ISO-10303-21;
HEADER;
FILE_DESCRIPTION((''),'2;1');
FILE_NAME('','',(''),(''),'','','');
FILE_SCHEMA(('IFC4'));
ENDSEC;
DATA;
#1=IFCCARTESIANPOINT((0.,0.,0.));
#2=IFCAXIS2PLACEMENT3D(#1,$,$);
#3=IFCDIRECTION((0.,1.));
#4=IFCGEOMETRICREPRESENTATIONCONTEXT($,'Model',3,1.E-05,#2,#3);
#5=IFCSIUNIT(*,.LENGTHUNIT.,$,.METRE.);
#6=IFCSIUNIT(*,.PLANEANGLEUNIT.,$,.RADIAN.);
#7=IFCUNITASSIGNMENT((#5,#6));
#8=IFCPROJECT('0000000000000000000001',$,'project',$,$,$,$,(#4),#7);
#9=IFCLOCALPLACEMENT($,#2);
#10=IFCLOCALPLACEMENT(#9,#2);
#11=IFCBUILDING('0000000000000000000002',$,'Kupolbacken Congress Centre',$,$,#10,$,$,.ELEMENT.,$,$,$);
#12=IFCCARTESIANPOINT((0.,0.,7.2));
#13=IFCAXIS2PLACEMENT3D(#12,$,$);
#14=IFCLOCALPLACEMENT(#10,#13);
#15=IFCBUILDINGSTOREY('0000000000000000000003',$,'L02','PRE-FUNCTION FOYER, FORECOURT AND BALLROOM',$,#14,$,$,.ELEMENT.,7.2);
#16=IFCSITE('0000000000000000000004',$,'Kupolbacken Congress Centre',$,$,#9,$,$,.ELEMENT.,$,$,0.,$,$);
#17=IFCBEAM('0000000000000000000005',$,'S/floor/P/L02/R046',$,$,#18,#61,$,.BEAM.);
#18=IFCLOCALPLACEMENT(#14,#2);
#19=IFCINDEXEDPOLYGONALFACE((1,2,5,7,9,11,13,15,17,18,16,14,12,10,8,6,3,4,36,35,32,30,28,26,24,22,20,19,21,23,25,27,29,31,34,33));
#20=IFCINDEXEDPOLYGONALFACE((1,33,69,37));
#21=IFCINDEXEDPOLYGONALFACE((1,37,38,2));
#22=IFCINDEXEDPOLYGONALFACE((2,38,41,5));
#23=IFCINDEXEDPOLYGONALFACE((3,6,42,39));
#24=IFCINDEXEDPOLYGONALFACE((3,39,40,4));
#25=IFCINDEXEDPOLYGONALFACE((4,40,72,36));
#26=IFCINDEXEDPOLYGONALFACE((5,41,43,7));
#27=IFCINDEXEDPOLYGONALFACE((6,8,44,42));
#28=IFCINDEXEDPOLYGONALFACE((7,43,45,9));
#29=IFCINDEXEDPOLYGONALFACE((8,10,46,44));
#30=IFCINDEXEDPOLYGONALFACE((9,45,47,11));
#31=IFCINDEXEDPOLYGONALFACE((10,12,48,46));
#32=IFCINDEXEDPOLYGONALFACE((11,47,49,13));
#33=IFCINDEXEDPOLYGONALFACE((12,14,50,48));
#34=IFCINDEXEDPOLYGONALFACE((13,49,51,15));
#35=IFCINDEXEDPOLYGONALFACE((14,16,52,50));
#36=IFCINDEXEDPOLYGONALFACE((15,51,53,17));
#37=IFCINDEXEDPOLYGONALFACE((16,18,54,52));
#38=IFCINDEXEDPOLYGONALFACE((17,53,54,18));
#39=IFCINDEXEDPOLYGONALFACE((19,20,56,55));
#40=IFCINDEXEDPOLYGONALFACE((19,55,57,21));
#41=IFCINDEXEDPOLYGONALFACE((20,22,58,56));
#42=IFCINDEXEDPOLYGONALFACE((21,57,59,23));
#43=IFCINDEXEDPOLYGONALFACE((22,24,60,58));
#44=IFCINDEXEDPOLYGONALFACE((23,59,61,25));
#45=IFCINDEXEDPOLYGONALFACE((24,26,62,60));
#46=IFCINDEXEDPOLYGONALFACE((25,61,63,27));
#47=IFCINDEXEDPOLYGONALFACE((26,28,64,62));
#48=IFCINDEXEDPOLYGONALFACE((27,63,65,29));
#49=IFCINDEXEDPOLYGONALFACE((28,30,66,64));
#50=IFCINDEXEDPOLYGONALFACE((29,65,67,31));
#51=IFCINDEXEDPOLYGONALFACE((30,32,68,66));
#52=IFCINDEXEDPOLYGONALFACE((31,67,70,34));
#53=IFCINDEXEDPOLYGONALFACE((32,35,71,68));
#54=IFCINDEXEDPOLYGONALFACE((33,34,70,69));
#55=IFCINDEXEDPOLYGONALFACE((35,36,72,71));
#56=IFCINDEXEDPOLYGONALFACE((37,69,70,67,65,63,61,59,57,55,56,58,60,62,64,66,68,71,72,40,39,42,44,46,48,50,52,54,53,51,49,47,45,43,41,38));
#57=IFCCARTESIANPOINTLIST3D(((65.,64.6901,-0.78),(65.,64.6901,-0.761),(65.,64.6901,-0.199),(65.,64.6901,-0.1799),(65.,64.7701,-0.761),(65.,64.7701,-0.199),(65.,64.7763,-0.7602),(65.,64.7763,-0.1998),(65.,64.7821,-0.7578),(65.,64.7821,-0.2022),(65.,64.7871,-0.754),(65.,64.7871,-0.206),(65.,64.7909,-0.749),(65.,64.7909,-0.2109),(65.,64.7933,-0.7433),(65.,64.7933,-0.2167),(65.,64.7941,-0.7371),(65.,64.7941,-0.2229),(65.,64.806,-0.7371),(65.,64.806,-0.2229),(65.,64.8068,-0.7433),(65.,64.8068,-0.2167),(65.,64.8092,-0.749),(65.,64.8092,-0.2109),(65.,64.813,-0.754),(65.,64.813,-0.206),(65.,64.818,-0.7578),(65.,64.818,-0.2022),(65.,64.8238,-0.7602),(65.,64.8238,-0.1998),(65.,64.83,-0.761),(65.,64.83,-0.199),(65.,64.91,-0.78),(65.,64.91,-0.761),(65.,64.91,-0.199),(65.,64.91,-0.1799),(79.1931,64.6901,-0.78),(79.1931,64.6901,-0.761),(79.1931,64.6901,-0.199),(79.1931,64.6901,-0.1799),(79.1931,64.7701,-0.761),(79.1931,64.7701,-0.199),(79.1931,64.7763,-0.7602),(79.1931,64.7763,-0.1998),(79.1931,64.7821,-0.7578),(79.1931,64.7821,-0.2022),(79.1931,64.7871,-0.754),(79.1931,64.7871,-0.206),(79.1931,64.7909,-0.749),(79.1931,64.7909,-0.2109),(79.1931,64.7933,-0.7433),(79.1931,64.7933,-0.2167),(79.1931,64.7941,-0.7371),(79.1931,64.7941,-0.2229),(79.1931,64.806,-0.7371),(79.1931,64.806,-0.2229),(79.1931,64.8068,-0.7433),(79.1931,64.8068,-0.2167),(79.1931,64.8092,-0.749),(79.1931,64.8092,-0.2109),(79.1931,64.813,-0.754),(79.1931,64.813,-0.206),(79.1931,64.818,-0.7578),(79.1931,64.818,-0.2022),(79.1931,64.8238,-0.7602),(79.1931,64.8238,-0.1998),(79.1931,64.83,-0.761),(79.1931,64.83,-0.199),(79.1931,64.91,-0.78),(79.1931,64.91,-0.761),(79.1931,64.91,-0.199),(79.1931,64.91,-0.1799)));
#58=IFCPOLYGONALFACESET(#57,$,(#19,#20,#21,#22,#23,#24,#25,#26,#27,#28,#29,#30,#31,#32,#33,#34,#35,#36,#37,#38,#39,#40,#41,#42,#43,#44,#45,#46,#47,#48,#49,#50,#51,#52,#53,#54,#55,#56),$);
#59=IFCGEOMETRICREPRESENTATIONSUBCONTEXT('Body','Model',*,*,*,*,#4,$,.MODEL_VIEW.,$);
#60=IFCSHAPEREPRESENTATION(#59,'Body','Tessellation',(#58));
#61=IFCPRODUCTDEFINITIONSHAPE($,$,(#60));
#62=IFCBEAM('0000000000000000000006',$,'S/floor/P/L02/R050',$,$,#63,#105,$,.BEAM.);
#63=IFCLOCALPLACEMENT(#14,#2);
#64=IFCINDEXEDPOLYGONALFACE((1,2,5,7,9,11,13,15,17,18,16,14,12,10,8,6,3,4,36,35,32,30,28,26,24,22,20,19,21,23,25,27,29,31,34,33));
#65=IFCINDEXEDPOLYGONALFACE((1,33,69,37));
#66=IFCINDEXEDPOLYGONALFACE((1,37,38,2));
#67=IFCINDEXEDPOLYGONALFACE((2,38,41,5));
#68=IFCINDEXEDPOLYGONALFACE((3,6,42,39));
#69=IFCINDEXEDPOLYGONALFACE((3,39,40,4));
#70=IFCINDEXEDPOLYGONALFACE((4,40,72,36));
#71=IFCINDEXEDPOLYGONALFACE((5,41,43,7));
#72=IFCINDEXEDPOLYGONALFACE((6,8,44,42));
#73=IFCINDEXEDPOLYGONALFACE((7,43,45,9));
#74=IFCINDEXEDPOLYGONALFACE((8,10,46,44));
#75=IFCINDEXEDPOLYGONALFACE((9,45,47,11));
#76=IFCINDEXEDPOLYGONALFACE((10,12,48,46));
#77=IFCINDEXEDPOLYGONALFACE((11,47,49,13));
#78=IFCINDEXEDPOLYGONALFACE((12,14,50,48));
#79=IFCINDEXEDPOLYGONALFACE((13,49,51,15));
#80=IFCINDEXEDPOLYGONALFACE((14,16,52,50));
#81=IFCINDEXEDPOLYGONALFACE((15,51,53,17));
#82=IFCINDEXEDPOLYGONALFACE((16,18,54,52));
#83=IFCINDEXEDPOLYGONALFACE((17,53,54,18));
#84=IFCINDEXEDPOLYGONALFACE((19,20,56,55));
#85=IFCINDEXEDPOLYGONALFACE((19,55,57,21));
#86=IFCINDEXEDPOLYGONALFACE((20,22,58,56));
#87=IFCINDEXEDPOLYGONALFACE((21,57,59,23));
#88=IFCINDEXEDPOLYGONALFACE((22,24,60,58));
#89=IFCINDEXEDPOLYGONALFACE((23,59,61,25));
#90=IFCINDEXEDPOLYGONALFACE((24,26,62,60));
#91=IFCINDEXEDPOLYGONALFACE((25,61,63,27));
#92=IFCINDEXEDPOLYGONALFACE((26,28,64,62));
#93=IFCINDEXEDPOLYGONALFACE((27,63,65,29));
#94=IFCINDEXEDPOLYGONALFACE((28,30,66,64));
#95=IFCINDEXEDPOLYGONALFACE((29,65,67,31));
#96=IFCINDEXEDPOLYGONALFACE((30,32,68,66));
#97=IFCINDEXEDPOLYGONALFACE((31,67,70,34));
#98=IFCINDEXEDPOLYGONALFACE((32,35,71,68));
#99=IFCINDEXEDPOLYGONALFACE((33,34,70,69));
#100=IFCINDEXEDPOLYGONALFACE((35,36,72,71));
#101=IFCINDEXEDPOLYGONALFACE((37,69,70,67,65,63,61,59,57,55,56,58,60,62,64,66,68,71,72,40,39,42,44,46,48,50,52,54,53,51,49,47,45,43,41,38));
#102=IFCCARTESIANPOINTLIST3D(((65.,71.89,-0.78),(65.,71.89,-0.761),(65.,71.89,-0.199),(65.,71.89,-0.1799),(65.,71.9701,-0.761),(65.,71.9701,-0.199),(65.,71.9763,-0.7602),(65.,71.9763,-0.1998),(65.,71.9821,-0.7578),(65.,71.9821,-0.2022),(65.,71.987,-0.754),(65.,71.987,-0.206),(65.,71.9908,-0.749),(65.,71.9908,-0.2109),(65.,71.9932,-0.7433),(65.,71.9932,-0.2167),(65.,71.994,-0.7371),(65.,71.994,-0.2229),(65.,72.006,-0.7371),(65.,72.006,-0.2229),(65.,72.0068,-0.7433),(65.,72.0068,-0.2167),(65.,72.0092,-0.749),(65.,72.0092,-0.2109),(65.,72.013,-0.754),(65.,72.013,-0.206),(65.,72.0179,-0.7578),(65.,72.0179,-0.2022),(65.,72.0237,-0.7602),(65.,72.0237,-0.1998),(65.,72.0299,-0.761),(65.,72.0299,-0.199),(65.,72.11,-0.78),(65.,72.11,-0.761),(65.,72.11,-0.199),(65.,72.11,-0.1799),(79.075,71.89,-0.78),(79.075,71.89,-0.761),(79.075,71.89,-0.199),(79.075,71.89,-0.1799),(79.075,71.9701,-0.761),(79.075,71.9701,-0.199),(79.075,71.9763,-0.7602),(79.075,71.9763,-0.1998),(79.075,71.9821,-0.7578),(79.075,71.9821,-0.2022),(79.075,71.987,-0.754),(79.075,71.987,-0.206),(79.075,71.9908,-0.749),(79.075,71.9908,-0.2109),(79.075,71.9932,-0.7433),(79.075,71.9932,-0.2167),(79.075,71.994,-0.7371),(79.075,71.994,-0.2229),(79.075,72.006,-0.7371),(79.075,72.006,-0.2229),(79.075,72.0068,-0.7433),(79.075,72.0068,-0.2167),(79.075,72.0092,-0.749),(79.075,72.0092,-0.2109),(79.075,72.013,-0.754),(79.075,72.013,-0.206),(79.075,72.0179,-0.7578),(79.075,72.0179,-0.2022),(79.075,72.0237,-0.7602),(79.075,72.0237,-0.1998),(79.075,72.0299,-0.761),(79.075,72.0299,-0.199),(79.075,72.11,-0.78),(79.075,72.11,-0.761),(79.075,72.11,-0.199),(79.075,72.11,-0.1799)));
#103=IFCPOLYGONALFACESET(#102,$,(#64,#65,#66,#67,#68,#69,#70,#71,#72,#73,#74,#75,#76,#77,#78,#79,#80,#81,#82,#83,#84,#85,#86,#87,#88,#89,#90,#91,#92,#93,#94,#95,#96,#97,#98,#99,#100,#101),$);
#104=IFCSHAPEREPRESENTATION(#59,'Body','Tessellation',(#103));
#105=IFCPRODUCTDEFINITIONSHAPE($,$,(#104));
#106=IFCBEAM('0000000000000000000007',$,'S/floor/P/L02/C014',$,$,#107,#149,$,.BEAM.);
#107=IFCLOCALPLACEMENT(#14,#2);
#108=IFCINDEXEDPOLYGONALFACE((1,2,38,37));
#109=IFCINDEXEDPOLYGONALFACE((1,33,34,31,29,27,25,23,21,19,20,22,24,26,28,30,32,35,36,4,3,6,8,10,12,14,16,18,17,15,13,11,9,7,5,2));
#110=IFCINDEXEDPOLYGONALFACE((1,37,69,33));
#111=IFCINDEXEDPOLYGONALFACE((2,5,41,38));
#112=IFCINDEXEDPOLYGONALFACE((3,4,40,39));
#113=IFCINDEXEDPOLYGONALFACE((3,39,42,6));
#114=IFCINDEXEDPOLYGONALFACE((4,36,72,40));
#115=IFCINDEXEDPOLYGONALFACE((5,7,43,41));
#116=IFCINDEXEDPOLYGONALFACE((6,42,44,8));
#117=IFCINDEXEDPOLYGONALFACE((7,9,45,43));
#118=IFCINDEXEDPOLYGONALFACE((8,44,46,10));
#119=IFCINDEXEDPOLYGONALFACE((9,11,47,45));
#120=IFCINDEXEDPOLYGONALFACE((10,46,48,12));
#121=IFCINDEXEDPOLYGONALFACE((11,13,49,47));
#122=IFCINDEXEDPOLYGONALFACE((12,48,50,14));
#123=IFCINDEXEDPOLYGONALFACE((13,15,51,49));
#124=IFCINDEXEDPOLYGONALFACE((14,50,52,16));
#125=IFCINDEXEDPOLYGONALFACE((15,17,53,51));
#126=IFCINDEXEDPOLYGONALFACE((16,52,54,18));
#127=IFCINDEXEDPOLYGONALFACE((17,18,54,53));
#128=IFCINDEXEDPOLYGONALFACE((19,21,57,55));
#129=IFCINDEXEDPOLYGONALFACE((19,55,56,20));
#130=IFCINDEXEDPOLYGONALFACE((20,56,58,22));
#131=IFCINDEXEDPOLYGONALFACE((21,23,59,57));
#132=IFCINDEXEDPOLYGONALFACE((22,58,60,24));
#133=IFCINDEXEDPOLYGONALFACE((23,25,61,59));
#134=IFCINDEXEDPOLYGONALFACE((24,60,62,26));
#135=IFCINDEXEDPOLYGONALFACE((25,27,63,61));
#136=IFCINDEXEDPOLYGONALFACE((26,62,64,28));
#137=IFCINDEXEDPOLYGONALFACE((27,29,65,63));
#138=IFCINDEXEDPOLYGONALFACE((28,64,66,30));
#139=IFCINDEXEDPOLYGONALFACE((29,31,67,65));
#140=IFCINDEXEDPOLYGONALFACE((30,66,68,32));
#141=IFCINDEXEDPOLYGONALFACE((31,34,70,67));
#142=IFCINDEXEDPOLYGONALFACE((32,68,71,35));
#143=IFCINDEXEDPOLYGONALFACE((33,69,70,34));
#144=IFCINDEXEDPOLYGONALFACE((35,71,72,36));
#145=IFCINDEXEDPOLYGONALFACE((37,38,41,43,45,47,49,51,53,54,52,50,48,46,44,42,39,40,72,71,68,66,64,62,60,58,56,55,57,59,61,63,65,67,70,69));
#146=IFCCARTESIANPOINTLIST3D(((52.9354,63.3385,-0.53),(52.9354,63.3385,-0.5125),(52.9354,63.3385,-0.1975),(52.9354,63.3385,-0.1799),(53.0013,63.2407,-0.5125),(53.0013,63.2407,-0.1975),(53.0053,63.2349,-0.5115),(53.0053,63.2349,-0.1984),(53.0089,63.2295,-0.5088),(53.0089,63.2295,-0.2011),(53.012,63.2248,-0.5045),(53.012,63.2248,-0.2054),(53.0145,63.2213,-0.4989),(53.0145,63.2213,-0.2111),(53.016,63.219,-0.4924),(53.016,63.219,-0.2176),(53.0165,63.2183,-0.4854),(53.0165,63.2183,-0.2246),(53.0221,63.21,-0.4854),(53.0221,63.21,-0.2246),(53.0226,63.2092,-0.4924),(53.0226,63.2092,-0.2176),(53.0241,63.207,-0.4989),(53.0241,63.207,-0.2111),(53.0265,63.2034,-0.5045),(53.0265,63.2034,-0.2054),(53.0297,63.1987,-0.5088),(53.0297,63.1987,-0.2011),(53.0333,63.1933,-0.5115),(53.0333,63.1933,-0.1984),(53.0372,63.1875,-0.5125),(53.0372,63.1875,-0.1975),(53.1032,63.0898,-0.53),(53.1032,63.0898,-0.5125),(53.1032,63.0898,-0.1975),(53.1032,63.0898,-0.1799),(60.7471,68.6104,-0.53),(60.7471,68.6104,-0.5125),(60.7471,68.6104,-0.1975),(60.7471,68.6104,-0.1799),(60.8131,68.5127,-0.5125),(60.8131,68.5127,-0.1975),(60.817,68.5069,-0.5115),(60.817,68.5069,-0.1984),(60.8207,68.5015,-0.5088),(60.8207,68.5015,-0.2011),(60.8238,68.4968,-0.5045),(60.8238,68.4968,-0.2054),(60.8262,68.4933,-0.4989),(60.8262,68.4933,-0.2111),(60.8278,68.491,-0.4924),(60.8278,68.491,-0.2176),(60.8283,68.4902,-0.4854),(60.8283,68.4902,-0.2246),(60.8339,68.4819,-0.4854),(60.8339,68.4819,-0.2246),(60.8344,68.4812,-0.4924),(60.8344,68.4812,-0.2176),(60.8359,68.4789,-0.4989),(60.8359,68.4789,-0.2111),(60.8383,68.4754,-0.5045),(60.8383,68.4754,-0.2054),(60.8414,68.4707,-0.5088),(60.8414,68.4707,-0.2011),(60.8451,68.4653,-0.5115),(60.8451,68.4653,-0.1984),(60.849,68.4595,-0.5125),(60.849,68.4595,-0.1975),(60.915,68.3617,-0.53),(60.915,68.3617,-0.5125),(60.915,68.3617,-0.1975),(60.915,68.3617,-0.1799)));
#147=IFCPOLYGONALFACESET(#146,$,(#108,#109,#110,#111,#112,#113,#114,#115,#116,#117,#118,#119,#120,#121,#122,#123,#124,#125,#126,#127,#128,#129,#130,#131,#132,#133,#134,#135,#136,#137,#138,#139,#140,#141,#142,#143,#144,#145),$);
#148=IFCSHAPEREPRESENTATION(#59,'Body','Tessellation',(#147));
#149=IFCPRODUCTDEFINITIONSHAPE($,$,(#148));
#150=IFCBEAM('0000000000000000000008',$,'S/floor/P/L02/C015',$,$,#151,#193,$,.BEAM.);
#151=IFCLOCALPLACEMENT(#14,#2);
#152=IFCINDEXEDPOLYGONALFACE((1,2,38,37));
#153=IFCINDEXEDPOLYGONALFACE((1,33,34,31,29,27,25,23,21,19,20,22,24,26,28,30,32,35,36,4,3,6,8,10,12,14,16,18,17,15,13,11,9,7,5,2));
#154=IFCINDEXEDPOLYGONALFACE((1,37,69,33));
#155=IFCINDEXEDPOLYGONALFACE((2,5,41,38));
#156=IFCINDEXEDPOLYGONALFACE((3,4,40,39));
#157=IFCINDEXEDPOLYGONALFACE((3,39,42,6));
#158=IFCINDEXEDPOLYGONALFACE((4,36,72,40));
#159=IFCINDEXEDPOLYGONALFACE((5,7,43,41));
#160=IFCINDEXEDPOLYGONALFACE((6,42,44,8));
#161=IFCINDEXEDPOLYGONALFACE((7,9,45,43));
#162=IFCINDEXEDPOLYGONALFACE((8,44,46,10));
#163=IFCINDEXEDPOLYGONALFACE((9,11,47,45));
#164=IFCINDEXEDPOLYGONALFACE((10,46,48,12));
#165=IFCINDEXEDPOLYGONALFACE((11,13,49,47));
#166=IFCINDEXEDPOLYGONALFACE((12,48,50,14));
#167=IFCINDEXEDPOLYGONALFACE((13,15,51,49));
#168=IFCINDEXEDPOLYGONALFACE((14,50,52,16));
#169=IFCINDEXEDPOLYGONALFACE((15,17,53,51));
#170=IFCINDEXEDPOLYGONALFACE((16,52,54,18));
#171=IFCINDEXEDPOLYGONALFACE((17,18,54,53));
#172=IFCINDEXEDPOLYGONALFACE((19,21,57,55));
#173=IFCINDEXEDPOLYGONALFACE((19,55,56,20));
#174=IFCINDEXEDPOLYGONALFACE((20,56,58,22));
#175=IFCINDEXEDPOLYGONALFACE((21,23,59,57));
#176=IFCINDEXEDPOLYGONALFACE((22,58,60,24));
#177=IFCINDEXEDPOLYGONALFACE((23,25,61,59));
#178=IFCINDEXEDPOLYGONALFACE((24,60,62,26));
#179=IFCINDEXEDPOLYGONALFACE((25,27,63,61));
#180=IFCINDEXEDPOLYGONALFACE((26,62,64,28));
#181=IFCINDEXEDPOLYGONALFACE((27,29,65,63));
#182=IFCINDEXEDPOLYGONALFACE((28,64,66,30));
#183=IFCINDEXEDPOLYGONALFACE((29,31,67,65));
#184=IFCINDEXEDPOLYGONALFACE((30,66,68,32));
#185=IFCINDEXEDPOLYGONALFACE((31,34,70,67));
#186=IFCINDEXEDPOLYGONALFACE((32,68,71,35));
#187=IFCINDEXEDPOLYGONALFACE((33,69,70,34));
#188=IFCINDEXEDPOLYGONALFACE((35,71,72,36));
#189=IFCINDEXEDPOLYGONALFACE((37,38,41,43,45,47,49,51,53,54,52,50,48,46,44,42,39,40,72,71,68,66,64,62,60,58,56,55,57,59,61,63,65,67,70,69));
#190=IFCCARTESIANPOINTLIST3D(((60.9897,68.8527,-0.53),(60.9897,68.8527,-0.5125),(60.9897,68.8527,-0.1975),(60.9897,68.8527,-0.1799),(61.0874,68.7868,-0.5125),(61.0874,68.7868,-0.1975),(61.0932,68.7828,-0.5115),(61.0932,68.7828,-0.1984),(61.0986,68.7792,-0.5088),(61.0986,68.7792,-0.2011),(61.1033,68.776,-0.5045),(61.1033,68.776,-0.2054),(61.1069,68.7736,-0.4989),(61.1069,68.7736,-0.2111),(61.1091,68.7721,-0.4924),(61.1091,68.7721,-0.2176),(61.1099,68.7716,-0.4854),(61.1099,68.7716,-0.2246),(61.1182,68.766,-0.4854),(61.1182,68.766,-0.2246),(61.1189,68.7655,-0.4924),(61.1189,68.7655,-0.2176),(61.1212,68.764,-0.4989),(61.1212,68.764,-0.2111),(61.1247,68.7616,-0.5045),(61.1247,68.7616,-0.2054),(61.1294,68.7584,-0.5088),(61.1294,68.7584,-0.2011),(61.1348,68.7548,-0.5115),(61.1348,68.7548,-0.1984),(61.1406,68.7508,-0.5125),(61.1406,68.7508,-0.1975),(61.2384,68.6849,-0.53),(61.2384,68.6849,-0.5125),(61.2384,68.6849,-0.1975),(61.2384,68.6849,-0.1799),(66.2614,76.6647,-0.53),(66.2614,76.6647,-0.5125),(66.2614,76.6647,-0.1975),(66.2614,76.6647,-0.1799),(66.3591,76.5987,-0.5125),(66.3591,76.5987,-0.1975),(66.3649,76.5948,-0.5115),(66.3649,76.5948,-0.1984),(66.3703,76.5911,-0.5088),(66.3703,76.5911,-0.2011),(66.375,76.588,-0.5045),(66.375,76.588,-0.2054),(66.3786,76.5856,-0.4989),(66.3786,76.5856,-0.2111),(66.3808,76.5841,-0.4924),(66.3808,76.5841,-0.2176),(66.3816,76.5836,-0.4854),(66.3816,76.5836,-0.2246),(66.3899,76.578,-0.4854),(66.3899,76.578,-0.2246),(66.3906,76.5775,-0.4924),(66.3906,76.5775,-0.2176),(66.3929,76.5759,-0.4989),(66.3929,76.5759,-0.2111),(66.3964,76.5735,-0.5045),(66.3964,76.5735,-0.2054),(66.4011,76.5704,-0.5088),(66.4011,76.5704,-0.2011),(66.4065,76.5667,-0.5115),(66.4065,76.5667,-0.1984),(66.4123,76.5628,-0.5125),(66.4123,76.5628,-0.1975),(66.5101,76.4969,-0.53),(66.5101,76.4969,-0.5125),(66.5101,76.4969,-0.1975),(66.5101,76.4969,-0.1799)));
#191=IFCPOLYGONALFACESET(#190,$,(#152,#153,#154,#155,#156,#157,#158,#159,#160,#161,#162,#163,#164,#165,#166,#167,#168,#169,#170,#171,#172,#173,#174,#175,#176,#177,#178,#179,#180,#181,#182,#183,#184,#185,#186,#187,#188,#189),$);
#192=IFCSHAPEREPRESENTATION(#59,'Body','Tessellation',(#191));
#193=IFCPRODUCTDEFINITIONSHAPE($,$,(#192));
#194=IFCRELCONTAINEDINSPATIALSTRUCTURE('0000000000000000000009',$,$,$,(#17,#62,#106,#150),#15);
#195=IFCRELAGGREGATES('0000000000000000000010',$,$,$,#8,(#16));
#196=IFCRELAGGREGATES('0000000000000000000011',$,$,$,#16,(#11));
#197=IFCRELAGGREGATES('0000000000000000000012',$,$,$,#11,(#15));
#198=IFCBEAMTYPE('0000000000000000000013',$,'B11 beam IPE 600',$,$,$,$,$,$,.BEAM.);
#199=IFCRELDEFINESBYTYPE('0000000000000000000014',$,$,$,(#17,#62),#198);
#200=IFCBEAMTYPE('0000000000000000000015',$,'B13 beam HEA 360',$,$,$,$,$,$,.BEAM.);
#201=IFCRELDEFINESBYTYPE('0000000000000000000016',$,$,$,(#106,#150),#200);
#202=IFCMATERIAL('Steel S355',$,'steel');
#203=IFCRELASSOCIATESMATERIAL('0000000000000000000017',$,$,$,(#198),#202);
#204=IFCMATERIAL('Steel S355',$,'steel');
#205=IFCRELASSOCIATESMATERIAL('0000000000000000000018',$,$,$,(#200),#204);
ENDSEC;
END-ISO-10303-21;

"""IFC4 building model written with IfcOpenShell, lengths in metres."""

from ifc_helpers import new_model, si_unit, direction, frame, origin, origin_2d, place, context, subcontext, project, spatial, i_section, extrude, material, material_profile, profile_set, type_object, element, save


model = new_model("IFC4")

# Units and contexts
model_context = context("Model", 3, precision=1e-05, world=origin(), true_north=direction((0.0, 1.0)))
body_context = subcontext(model_context, "Body", "Model", "MODEL_VIEW")
ifc_project = project(units=[si_unit("LENGTHUNIT", "METRE"), si_unit("PLANEANGLEUNIT", "RADIAN")], contexts=[model_context])

# Site, building, storey
site_placement = place(None, origin())
site = spatial("IfcSite", under=ifc_project, at=site_placement, Name="Kupolbacken Congress Centre", CompositionType="ELEMENT", RefElevation=0.0)
building_placement = place(site_placement, origin())
building = spatial("IfcBuilding", under=site, at=building_placement, Name="Kupolbacken Congress Centre", CompositionType="ELEMENT")
storey_placement = place(building_placement, frame((0.0, 0.0, 7.2)))
storey = spatial("IfcBuildingStorey", under=building, at=storey_placement, Name="L02", Description="PRE-FUNCTION FOYER, FORECOURT AND BALLROOM", CompositionType="ELEMENT", Elevation=7.2)

# Beams
ifc_material_1 = material(Name="Steel S355", Category="steel")
ifc_material_profile_1 = material_profile(ifc_material_1, i_section(OverallWidth=0.22, OverallDepth=0.6001, WebThickness=0.012, FlangeThickness=0.019, FilletRadius=0.0239, at=origin_2d()), Name="IPE 600")
ifc_profile_set_1 = profile_set([ifc_material_profile_1], Name="Steel S355")
beam_type_1 = type_object("IfcBeamType", Name="B11 beam IPE 600", PredefinedType="BEAM", material=ifc_profile_set_1)
beam_1_placement = place(storey_placement, frame((65.0, 64.8, -0.48), z_axis=(1.0, 0.0, 0.0), x_axis=(0.0, 1.0, 0.0)))
element("IfcBeam", 1, at=beam_1_placement, inside=storey, type_object=beam_type_1, Name="S/floor/P/L02/R046", PredefinedType="BEAM", context=body_context, shape_type="SweptSolid", body=[
    extrude(i_section(OverallWidth=0.22, OverallDepth=0.6001, WebThickness=0.012, FlangeThickness=0.019, FilletRadius=0.0239, at=origin_2d()), origin(), (0.0, 0.0, 1.0), 14.1931),
])
beam_2_placement = place(storey_placement, frame((65.0, 72.0, -0.48), z_axis=(1.0, 0.0, 0.0), x_axis=(0.0, 1.0, 0.0)))
element("IfcBeam", 2, at=beam_2_placement, inside=storey, type_object=beam_type_1, Name="S/floor/P/L02/R050", PredefinedType="BEAM", context=body_context, shape_type="SweptSolid", body=[
    extrude(i_section(OverallWidth=0.22, OverallDepth=0.6001, WebThickness=0.012, FlangeThickness=0.019, FilletRadius=0.0239, at=origin_2d()), origin(), (0.0, 0.0, 1.0), 14.075),
])
ifc_material_2 = material(Name="Steel S355", Category="steel")
ifc_material_profile_2 = material_profile(ifc_material_2, i_section(OverallWidth=0.3, OverallDepth=0.3501, WebThickness=0.01, FlangeThickness=0.0176, FilletRadius=0.0271, at=origin_2d()), Name="HEA 360")
ifc_profile_set_2 = profile_set([ifc_material_profile_2], Name="Steel S355")
beam_type_2 = type_object("IfcBeamType", Name="B13 beam HEA 360", PredefinedType="BEAM", material=ifc_profile_set_2)
for number, where, z_axis, x_axis, name in (
    (3, (53.0193, 63.2141, -0.355), (0.828896, 0.559402, 0.0), (-0.559402, 0.828896, 0.0), "S/floor/P/L02/C014"),
    (4, (61.114, 68.7688, -0.355), (0.559372, 0.828917, 0.0), (-0.828917, 0.559372, 0.0), "S/floor/P/L02/C015"),
):
    element("IfcBeam", number, at=place(storey_placement, frame(where, z_axis=z_axis, x_axis=x_axis)), inside=storey, type_object=beam_type_2, Name=name, PredefinedType="BEAM", context=body_context, shape_type="SweptSolid", body=[
        extrude(i_section(OverallWidth=0.3, OverallDepth=0.3501, WebThickness=0.01, FlangeThickness=0.0176, FilletRadius=0.0271, at=origin_2d()), origin(), (0.0, 0.0, 1.0), 9.4243),
    ])

save(model, "model.ifc")
